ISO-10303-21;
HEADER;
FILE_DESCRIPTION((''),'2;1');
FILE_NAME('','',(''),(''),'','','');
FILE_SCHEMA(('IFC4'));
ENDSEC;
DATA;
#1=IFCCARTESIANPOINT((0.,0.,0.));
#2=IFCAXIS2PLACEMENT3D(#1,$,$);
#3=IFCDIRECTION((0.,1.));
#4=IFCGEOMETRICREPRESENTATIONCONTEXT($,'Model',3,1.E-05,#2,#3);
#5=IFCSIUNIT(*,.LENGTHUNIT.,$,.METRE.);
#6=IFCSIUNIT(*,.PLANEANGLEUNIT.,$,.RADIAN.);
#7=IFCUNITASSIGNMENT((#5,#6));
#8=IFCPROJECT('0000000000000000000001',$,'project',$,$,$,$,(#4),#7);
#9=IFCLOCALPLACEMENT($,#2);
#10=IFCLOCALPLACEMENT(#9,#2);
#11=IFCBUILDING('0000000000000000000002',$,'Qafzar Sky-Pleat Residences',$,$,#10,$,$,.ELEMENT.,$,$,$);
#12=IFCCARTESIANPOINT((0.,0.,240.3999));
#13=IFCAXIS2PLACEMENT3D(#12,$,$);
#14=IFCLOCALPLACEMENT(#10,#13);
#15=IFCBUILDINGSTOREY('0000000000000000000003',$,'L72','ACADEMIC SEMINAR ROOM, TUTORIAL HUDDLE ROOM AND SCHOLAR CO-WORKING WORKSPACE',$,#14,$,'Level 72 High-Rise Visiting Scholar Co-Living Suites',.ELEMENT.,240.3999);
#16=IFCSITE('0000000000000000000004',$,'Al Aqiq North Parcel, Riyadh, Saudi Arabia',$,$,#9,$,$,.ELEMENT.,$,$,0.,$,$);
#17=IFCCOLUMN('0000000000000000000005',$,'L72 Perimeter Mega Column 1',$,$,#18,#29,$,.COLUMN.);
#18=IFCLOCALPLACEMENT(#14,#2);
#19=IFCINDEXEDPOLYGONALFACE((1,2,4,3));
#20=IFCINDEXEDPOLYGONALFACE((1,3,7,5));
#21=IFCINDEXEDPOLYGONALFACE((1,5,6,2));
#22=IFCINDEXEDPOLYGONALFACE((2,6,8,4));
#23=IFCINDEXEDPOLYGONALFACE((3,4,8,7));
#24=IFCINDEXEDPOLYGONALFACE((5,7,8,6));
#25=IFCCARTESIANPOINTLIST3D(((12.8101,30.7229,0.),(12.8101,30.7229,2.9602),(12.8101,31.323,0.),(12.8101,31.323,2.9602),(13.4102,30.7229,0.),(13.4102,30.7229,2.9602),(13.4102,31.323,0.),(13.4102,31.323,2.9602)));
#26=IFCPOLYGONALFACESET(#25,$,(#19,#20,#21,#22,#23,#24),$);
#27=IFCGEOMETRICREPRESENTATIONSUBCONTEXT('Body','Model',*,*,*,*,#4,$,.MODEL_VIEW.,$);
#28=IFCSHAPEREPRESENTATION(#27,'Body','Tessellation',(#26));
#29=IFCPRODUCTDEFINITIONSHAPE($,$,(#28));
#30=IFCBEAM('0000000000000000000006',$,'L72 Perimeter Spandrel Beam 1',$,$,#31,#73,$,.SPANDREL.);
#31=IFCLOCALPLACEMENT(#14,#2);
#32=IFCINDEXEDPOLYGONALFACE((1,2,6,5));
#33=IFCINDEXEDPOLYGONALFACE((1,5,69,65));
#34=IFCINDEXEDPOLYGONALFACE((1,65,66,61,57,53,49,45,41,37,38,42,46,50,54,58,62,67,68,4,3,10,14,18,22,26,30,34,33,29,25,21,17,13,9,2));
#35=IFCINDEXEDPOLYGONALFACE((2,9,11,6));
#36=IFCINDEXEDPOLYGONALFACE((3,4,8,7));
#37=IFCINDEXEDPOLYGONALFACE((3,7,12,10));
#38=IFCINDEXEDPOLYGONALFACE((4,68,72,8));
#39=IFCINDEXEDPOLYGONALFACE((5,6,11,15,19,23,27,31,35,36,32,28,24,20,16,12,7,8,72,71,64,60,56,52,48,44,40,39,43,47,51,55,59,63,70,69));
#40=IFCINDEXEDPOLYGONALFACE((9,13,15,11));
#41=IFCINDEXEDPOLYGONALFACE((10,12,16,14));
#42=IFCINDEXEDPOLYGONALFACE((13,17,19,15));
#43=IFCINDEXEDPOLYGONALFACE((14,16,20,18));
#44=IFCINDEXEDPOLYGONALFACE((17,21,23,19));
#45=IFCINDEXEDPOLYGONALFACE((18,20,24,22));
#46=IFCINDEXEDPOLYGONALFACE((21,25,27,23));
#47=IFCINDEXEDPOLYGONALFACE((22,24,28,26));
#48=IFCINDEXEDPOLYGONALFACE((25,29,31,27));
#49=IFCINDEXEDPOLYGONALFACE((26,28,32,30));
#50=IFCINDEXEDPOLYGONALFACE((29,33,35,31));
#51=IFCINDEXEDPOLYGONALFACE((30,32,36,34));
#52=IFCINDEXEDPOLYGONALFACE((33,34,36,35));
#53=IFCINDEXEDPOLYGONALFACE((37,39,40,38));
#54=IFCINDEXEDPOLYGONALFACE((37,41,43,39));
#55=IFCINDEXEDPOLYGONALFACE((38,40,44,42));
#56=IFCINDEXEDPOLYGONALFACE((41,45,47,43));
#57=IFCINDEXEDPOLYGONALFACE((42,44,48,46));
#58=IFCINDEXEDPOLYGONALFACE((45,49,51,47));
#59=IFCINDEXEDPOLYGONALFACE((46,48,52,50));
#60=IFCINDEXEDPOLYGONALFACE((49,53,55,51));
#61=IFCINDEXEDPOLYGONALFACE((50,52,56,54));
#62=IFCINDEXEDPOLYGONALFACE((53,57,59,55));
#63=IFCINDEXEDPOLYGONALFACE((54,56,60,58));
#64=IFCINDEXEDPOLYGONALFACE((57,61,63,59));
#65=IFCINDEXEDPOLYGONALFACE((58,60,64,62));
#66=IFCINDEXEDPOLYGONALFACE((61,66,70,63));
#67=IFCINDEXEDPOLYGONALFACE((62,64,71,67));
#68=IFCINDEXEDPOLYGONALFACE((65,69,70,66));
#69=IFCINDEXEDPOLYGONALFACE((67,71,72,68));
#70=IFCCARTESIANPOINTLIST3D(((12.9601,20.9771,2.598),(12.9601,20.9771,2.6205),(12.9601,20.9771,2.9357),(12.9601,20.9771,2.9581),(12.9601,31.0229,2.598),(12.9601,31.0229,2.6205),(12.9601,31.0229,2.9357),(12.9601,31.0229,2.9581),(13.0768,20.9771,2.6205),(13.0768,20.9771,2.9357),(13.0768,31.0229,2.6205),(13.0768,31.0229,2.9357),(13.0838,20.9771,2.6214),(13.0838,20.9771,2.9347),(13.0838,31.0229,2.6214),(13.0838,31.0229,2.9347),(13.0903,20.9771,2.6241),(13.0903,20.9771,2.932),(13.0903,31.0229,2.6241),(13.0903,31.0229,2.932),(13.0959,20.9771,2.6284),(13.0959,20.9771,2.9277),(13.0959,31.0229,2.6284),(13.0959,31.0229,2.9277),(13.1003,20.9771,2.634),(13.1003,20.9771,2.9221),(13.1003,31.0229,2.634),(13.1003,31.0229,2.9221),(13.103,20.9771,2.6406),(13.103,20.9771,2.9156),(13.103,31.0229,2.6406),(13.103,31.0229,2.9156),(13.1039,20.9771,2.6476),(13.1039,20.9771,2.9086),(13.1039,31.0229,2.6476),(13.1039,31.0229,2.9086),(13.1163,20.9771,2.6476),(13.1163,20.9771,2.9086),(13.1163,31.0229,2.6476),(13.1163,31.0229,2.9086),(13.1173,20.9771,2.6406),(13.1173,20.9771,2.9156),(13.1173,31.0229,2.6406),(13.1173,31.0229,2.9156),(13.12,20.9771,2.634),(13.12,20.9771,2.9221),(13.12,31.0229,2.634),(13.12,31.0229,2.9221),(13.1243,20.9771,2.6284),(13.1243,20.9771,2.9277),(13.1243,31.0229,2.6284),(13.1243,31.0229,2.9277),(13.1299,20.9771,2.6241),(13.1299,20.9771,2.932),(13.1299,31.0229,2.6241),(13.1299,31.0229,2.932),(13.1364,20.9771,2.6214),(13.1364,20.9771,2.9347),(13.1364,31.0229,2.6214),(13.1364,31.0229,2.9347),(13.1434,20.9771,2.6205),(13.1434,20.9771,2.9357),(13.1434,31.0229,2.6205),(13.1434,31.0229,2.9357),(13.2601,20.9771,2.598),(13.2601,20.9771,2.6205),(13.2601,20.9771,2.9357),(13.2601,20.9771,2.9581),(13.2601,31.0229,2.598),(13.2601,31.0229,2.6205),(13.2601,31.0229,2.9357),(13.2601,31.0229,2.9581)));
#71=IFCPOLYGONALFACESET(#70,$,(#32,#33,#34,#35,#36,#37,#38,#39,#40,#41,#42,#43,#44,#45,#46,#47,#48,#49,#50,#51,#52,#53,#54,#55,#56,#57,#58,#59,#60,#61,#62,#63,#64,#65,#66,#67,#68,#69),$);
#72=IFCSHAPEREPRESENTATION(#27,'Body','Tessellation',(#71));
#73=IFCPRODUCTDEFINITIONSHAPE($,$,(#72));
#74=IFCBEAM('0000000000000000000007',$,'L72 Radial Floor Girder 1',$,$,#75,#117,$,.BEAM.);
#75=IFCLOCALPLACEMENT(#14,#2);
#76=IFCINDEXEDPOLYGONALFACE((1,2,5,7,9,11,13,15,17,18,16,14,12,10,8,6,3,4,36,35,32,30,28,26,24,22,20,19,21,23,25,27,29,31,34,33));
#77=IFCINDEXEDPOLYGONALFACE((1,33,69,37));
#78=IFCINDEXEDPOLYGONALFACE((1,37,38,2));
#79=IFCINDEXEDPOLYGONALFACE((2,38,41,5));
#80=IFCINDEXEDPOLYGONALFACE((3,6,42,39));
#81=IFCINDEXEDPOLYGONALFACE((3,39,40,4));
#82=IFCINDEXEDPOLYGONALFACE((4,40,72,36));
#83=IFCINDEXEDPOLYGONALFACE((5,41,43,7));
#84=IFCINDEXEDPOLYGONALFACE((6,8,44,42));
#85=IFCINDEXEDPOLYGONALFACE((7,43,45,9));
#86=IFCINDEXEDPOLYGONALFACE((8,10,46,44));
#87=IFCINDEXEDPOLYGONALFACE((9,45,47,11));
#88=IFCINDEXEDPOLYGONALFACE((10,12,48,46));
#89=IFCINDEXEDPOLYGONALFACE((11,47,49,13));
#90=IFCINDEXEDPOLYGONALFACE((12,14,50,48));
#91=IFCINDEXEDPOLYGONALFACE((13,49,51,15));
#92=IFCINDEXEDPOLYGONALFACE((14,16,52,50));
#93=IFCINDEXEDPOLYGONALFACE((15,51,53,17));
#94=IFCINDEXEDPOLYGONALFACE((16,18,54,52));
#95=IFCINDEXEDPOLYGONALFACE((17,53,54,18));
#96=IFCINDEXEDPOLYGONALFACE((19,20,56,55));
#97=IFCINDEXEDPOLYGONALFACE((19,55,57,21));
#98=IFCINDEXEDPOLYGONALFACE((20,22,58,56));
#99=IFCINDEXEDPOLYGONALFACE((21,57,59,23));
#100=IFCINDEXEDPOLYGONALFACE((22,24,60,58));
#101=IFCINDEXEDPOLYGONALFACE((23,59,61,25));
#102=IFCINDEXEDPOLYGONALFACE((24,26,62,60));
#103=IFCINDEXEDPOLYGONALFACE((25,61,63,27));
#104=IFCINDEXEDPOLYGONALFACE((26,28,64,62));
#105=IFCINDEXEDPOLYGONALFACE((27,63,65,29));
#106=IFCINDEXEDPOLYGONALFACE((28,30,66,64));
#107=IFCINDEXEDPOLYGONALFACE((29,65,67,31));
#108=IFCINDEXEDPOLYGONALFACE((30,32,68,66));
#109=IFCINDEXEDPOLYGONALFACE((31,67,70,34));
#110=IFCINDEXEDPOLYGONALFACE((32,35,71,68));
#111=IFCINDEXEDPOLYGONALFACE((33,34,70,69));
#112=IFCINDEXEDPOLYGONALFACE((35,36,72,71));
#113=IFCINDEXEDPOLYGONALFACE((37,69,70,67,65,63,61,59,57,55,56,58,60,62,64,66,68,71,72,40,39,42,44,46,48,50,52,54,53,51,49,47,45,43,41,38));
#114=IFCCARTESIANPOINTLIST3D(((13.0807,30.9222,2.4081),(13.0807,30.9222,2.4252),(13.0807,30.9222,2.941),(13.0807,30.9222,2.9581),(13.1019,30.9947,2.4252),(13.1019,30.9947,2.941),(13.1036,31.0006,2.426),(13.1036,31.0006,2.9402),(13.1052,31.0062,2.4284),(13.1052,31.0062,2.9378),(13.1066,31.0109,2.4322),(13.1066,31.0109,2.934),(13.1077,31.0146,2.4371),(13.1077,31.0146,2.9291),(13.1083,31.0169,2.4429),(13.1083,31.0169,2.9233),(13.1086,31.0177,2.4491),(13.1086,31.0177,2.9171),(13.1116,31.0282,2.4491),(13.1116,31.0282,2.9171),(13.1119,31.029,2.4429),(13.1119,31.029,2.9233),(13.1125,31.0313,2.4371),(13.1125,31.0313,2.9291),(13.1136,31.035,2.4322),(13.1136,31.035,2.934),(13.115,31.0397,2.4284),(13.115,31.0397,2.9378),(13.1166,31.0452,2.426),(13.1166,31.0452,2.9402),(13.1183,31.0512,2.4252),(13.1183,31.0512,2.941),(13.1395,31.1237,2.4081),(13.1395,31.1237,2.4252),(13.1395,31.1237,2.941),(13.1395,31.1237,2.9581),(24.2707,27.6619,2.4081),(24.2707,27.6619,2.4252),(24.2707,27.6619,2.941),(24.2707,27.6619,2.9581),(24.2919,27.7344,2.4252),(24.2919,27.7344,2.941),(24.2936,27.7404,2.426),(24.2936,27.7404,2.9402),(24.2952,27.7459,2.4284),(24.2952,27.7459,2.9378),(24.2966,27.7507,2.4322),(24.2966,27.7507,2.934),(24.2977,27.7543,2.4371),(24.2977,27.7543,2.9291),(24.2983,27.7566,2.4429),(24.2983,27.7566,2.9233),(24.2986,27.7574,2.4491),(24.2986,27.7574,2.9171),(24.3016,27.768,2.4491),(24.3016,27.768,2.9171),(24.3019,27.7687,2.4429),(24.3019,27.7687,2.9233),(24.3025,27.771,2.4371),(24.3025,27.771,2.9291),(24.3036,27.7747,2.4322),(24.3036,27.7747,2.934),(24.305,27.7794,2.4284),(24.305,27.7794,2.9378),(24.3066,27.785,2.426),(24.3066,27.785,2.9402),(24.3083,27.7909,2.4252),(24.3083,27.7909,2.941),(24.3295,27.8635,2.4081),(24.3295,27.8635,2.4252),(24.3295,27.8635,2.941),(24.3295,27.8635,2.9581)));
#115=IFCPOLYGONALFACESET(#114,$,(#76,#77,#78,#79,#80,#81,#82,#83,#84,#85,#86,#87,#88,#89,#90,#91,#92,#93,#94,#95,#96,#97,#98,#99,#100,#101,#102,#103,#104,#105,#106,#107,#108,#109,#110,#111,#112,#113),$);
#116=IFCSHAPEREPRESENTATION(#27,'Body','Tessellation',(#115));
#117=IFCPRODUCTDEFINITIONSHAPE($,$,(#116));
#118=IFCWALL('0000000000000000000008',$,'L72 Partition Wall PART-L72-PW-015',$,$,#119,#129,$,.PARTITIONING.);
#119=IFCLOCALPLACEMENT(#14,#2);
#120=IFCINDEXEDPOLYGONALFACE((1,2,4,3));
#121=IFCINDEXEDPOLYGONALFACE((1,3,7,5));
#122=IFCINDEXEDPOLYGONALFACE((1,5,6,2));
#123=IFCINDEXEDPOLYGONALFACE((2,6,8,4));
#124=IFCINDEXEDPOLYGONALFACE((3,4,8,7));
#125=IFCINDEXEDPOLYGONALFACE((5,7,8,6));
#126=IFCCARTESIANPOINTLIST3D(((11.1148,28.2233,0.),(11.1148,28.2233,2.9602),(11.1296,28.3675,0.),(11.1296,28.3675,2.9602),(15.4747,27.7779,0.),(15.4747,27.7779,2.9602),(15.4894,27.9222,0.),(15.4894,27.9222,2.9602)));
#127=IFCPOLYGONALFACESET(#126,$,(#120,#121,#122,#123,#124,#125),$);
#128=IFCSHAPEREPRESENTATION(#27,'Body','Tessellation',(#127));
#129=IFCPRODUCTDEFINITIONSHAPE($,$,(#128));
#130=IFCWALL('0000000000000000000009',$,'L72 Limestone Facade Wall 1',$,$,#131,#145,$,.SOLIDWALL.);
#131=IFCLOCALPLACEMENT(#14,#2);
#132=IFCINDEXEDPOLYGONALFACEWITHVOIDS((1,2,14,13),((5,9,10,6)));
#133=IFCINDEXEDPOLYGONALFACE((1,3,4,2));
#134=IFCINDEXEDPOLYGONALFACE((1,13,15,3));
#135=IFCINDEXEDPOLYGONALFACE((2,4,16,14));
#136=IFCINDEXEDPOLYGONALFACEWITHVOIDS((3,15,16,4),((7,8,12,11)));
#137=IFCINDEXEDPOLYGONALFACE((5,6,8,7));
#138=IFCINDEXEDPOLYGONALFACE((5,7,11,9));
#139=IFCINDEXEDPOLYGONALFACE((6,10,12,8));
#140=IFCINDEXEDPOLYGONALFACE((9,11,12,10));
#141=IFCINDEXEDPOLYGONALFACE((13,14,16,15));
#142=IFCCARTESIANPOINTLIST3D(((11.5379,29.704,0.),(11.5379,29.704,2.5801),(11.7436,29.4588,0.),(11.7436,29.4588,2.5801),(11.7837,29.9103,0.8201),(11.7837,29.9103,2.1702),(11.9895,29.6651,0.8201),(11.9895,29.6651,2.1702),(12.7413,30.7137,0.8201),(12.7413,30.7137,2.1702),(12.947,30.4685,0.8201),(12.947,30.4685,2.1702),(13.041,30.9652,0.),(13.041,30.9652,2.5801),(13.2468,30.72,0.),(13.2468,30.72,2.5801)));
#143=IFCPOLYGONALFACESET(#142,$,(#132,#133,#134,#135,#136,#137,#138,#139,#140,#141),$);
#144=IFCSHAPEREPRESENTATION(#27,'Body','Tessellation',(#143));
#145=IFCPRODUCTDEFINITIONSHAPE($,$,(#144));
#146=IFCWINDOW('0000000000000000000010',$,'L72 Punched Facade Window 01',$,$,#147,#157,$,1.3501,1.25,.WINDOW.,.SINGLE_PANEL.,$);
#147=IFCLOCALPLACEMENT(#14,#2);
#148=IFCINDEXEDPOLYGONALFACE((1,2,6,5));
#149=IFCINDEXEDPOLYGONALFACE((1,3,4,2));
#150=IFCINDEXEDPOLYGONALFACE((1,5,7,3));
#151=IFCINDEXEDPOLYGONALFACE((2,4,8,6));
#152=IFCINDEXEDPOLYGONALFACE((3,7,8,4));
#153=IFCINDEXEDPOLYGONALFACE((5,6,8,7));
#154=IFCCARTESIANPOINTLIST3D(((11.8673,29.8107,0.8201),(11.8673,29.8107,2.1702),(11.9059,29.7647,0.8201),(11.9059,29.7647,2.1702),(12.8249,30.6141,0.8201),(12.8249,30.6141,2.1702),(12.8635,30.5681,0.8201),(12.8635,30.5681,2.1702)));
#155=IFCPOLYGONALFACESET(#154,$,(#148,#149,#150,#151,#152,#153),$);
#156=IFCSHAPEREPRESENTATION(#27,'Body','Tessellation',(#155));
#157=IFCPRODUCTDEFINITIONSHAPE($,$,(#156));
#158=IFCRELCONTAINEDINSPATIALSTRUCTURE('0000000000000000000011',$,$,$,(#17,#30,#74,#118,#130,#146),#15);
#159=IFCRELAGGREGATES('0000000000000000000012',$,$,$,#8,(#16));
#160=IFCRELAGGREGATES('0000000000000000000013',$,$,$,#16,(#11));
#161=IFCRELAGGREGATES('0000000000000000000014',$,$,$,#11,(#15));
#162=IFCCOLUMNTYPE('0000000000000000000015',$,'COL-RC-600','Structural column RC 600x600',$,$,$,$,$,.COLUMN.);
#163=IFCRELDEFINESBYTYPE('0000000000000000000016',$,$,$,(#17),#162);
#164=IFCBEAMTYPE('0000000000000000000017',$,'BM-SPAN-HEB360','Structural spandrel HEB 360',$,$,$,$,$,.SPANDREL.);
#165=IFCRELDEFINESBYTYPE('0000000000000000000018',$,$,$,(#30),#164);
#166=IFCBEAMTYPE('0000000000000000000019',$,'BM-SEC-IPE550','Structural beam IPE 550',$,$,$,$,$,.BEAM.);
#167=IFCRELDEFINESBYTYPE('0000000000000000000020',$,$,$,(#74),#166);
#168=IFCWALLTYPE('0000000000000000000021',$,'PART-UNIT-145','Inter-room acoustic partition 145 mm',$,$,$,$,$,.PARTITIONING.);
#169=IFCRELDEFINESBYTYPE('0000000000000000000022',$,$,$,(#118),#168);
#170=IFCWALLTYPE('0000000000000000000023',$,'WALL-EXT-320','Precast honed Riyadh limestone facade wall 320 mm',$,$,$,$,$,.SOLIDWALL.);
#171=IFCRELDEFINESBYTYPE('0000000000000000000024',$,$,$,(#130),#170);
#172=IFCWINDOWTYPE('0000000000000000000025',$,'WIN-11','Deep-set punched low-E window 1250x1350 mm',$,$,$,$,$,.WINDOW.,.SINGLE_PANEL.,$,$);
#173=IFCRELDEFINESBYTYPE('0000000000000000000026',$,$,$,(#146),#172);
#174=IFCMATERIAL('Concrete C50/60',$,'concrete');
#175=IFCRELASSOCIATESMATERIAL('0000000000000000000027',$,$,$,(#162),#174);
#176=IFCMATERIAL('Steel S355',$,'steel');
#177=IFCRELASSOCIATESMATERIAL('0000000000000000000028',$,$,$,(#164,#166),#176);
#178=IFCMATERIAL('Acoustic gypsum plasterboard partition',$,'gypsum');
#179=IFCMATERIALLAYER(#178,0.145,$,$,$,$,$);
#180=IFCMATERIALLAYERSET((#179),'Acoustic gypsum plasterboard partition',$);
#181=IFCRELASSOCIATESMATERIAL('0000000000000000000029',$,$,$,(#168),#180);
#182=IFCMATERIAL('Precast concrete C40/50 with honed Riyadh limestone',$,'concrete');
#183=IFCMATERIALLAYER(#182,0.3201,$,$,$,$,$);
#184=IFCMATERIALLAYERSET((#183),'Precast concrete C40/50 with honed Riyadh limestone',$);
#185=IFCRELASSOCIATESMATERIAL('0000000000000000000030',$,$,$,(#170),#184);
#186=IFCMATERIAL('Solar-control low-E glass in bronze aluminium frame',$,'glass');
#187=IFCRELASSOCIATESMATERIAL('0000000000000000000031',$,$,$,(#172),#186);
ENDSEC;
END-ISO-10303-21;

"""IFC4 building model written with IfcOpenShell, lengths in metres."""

from ifc_helpers import new_model, si_unit, direction, frame, frame_2d, origin, origin_2d, place, context, subcontext, project, spatial, rectangle, i_section, extrude, source, transform, mapped, material, layer, layer_set, material_profile, profile_set, type_object, element, fill, save


model = new_model("IFC4")

# Units and contexts
model_context = context("Model", 3, precision=1e-05, world=origin(), true_north=direction((0.0, 1.0)))
body_context = subcontext(model_context, "Body", "Model", "MODEL_VIEW")
ifc_project = project(units=[si_unit("LENGTHUNIT", "METRE"), si_unit("PLANEANGLEUNIT", "RADIAN")], contexts=[model_context])

# Site, building, storey
site_placement = place(None, origin())
site = spatial("IfcSite", under=ifc_project, at=site_placement, Name="Al Aqiq North Parcel, Riyadh, Saudi Arabia", CompositionType="ELEMENT", RefElevation=0.0)
building_placement = place(site_placement, origin())
building = spatial("IfcBuilding", under=site, at=building_placement, Name="Qafzar Sky-Pleat Residences", CompositionType="ELEMENT")
storey_placement = place(building_placement, frame((0.0, 0.0, 240.3999)))
storey = spatial("IfcBuildingStorey", under=building, at=storey_placement, Name="L72", Description="ACADEMIC SEMINAR ROOM, TUTORIAL HUDDLE ROOM AND SCHOLAR CO-WORKING WORKSPACE", LongName="Level 72 High-Rise Visiting Scholar Co-Living Suites", CompositionType="ELEMENT", Elevation=240.3999)

# Column
ifc_material_1 = material(Name="Concrete C50/60", Category="concrete")
ifc_material_profile_1 = material_profile(ifc_material_1, rectangle(XDim=0.6001, YDim=0.6001, at=origin_2d()), Name="RC 600x600")
ifc_profile_set_1 = profile_set([ifc_material_profile_1], Name="Concrete C50/60")
column_type = type_object("IfcColumnType", Name="COL-RC-600", Description="Structural column RC 600x600", PredefinedType="COLUMN", material=ifc_profile_set_1)
shared_shape_1 = source(origin(), body_context, "Body", "SweptSolid", [
    extrude(rectangle(XDim=0.6001, YDim=0.6001, at=origin_2d()), origin(), (0.0, 0.0, 1.0), 2.9602),
])
column_placement = place(storey_placement, frame((13.1101, 31.0229, 0.0), z_axis=(0.0, 0.0, 1.0), x_axis=(1.0, 0.0, 0.0)))
element("IfcColumn", 1, at=column_placement, inside=storey, type_object=column_type, Name="L72 Perimeter Mega Column 1", PredefinedType="COLUMN", context=body_context, shape_type="MappedRepresentation", body=[
    mapped(shared_shape_1, transform((0.0, 0.0, 0.0), x_axis=(1.0, 0.0, 0.0), y_axis=(0.0, 1.0, 0.0), z_axis=(0.0, 0.0, 1.0), scale=1.0)),
])

# Beams
ifc_material_2 = material(Name="Steel S355", Category="steel")
ifc_material_profile_2 = material_profile(ifc_material_2, i_section(OverallWidth=0.3, OverallDepth=0.3601, WebThickness=0.0125, FlangeThickness=0.0225, FilletRadius=0.0271, at=origin_2d()), Name="HEB 360")
ifc_profile_set_2 = profile_set([ifc_material_profile_2], Name="Steel S355")
beam_type_1 = type_object("IfcBeamType", Name="BM-SPAN-HEB360", Description="Structural spandrel HEB 360", PredefinedType="SPANDREL", material=ifc_profile_set_2)
shared_shape_2 = source(origin(), body_context, "Body", "SweptSolid", [
    extrude(i_section(OverallWidth=0.3, OverallDepth=0.3601, WebThickness=0.0125, FlangeThickness=0.0225, FilletRadius=0.0271, at=origin_2d()), origin(), (0.0, 0.0, 1.0), 10.0459),
])
beam_1_placement = place(storey_placement, frame((13.1101, 31.0229, 2.7781), z_axis=(0.0, -1.0, 0.0), x_axis=(1.0, 0.0, 0.0)))
element("IfcBeam", 2, at=beam_1_placement, inside=storey, type_object=beam_type_1, Name="L72 Perimeter Spandrel Beam 1", PredefinedType="SPANDREL", context=body_context, shape_type="MappedRepresentation", body=[
    mapped(shared_shape_2, transform((0.0, 0.0, 0.0), x_axis=(1.0, 0.0, 0.0), y_axis=(0.0, 1.0, 0.0), z_axis=(0.0, 0.0, 1.0), scale=1.0)),
])
ifc_material_profile_3 = material_profile(ifc_material_2, i_section(OverallWidth=0.21, OverallDepth=0.55, WebThickness=0.011, FlangeThickness=0.0171, FilletRadius=0.0239, at=origin_2d()), Name="IPE 550")
ifc_profile_set_3 = profile_set([ifc_material_profile_3], Name="Steel S355")
beam_type_2 = type_object("IfcBeamType", Name="BM-SEC-IPE550", Description="Structural beam IPE 550", PredefinedType="BEAM", material=ifc_profile_set_3)
shared_shape_3 = source(origin(), body_context, "Body", "SweptSolid", [
    extrude(i_section(OverallWidth=0.21, OverallDepth=0.55, WebThickness=0.011, FlangeThickness=0.0171, FilletRadius=0.0239, at=origin_2d()), origin(), (0.0, 0.0, 1.0), 11.6553),
])
beam_2_placement = place(storey_placement, frame((13.1101, 31.0229, 2.6831), z_axis=(0.96008, -0.279725, 0.0), x_axis=(0.279725, 0.96008, 0.0)))
element("IfcBeam", 3, at=beam_2_placement, inside=storey, type_object=beam_type_2, Name="L72 Radial Floor Girder 1", PredefinedType="BEAM", context=body_context, shape_type="MappedRepresentation", body=[
    mapped(shared_shape_3, transform((0.0, 0.0, 0.0), x_axis=(1.0, 0.0, 0.0), y_axis=(0.0, 1.0, 0.0), z_axis=(0.0, 0.0, 1.0), scale=1.0)),
])

# Wall
ifc_material_3 = material(Name="Acoustic gypsum plasterboard partition", Category="gypsum")
ifc_layer_1 = layer(ifc_material_3, 0.145)
ifc_layer_set_1 = layer_set([ifc_layer_1], Name="Acoustic gypsum plasterboard partition")
wall_type_1 = type_object("IfcWallType", Name="PART-UNIT-145", Description="Inter-room acoustic partition 145 mm", PredefinedType="PARTITIONING", material=ifc_layer_set_1)
wall_1_placement = place(storey_placement, frame((11.1221, 28.2954, 0.0), z_axis=(0.0, 0.0, 1.0), x_axis=(0.994824, -0.10161, 0.0)))
element("IfcWall", 4, at=wall_1_placement, inside=storey, type_object=wall_type_1, Name="L72 Partition Wall PART-L72-PW-015", PredefinedType="PARTITIONING", context=body_context, shape_type="SweptSolid", body=[
    extrude(rectangle(XDim=4.3826, YDim=0.145, at=frame_2d((2.1914, 0.0))), origin(), (0.0, 0.0, 1.0), 2.9602),
])

# Wall, opening, window
ifc_material_4 = material(Name="Precast concrete C40/50 with honed Riyadh limestone", Category="concrete")
ifc_layer_2 = layer(ifc_material_4, 0.3201)
ifc_layer_set_2 = layer_set([ifc_layer_2], Name="Precast concrete C40/50 with honed Riyadh limestone")
wall_type_2 = type_object("IfcWallType", Name="WALL-EXT-320", Description="Precast honed Riyadh limestone facade wall 320 mm", PredefinedType="SOLIDWALL", material=ifc_layer_set_2)
wall_2_placement = place(storey_placement, frame((13.1438, 30.8425, 0.0), z_axis=(0.0, 0.0, 1.0), x_axis=(-0.766065, -0.642763, 0.0)))
wall_2 = element("IfcWall", 5, at=wall_2_placement, inside=storey, type_object=wall_type_2, Name="L72 Limestone Facade Wall 1", PredefinedType="SOLIDWALL", context=body_context, shape_type="SweptSolid", body=[
    extrude(rectangle(XDim=1.9622, YDim=0.3201, at=frame_2d((0.981, 0.0))), origin(), (0.0, 0.0, 1.0), 2.5801),
])
opening_1_placement = place(wall_2_placement, frame((0.3911, 0.0, 0.8201)))
opening_1 = element("IfcOpeningElement", 6, at=opening_1_placement, cuts=wall_2, PredefinedType="OPENING", context=body_context, shape_type="SweptSolid", body=[
    extrude(rectangle(XDim=1.25, YDim=1.3501, at=frame_2d((0.625, 0.675))), frame((0.0, 0.1699, 0.0), z_axis=(0.0, -1.0, 0.0), x_axis=(1.0, 0.0, 0.0)), (0.0, 0.0, 1.0), 0.3401),
])
ifc_material_5 = material(Name="Solar-control low-E glass in bronze aluminium frame", Category="glass")
window_type_1 = type_object("IfcWindowType", Name="WIN-11", Description="Deep-set punched low-E window 1250x1350 mm", PartitioningType="SINGLE_PANEL", PredefinedType="WINDOW", material=ifc_material_5)
shared_shape_4 = source(origin(), body_context, "Body", "SweptSolid", [
    extrude(rectangle(XDim=1.25, YDim=1.3501, at=frame_2d((0.625, 0.675))), frame((0.0, 0.03, 0.0), z_axis=(0.0, -1.0, 0.0), x_axis=(1.0, 0.0, 0.0)), (0.0, 0.0, 1.0), 0.0601),
])
window_1_placement = place(opening_1_placement, origin())
window_1 = element("IfcWindow", 7, at=window_1_placement, inside=storey, type_object=window_type_1, Name="L72 Punched Facade Window 01", OverallHeight=1.3501, OverallWidth=1.25, PartitioningType="SINGLE_PANEL", PredefinedType="WINDOW", context=body_context, shape_type="MappedRepresentation", body=[
    mapped(shared_shape_4, transform((0.0, 0.0, 0.0), x_axis=(1.0, 0.0, 0.0), y_axis=(0.0, 1.0, 0.0), z_axis=(0.0, 0.0, 1.0), scale=1.0)),
])
fill(opening_1, window_1)

save(model, "model.ifc")
